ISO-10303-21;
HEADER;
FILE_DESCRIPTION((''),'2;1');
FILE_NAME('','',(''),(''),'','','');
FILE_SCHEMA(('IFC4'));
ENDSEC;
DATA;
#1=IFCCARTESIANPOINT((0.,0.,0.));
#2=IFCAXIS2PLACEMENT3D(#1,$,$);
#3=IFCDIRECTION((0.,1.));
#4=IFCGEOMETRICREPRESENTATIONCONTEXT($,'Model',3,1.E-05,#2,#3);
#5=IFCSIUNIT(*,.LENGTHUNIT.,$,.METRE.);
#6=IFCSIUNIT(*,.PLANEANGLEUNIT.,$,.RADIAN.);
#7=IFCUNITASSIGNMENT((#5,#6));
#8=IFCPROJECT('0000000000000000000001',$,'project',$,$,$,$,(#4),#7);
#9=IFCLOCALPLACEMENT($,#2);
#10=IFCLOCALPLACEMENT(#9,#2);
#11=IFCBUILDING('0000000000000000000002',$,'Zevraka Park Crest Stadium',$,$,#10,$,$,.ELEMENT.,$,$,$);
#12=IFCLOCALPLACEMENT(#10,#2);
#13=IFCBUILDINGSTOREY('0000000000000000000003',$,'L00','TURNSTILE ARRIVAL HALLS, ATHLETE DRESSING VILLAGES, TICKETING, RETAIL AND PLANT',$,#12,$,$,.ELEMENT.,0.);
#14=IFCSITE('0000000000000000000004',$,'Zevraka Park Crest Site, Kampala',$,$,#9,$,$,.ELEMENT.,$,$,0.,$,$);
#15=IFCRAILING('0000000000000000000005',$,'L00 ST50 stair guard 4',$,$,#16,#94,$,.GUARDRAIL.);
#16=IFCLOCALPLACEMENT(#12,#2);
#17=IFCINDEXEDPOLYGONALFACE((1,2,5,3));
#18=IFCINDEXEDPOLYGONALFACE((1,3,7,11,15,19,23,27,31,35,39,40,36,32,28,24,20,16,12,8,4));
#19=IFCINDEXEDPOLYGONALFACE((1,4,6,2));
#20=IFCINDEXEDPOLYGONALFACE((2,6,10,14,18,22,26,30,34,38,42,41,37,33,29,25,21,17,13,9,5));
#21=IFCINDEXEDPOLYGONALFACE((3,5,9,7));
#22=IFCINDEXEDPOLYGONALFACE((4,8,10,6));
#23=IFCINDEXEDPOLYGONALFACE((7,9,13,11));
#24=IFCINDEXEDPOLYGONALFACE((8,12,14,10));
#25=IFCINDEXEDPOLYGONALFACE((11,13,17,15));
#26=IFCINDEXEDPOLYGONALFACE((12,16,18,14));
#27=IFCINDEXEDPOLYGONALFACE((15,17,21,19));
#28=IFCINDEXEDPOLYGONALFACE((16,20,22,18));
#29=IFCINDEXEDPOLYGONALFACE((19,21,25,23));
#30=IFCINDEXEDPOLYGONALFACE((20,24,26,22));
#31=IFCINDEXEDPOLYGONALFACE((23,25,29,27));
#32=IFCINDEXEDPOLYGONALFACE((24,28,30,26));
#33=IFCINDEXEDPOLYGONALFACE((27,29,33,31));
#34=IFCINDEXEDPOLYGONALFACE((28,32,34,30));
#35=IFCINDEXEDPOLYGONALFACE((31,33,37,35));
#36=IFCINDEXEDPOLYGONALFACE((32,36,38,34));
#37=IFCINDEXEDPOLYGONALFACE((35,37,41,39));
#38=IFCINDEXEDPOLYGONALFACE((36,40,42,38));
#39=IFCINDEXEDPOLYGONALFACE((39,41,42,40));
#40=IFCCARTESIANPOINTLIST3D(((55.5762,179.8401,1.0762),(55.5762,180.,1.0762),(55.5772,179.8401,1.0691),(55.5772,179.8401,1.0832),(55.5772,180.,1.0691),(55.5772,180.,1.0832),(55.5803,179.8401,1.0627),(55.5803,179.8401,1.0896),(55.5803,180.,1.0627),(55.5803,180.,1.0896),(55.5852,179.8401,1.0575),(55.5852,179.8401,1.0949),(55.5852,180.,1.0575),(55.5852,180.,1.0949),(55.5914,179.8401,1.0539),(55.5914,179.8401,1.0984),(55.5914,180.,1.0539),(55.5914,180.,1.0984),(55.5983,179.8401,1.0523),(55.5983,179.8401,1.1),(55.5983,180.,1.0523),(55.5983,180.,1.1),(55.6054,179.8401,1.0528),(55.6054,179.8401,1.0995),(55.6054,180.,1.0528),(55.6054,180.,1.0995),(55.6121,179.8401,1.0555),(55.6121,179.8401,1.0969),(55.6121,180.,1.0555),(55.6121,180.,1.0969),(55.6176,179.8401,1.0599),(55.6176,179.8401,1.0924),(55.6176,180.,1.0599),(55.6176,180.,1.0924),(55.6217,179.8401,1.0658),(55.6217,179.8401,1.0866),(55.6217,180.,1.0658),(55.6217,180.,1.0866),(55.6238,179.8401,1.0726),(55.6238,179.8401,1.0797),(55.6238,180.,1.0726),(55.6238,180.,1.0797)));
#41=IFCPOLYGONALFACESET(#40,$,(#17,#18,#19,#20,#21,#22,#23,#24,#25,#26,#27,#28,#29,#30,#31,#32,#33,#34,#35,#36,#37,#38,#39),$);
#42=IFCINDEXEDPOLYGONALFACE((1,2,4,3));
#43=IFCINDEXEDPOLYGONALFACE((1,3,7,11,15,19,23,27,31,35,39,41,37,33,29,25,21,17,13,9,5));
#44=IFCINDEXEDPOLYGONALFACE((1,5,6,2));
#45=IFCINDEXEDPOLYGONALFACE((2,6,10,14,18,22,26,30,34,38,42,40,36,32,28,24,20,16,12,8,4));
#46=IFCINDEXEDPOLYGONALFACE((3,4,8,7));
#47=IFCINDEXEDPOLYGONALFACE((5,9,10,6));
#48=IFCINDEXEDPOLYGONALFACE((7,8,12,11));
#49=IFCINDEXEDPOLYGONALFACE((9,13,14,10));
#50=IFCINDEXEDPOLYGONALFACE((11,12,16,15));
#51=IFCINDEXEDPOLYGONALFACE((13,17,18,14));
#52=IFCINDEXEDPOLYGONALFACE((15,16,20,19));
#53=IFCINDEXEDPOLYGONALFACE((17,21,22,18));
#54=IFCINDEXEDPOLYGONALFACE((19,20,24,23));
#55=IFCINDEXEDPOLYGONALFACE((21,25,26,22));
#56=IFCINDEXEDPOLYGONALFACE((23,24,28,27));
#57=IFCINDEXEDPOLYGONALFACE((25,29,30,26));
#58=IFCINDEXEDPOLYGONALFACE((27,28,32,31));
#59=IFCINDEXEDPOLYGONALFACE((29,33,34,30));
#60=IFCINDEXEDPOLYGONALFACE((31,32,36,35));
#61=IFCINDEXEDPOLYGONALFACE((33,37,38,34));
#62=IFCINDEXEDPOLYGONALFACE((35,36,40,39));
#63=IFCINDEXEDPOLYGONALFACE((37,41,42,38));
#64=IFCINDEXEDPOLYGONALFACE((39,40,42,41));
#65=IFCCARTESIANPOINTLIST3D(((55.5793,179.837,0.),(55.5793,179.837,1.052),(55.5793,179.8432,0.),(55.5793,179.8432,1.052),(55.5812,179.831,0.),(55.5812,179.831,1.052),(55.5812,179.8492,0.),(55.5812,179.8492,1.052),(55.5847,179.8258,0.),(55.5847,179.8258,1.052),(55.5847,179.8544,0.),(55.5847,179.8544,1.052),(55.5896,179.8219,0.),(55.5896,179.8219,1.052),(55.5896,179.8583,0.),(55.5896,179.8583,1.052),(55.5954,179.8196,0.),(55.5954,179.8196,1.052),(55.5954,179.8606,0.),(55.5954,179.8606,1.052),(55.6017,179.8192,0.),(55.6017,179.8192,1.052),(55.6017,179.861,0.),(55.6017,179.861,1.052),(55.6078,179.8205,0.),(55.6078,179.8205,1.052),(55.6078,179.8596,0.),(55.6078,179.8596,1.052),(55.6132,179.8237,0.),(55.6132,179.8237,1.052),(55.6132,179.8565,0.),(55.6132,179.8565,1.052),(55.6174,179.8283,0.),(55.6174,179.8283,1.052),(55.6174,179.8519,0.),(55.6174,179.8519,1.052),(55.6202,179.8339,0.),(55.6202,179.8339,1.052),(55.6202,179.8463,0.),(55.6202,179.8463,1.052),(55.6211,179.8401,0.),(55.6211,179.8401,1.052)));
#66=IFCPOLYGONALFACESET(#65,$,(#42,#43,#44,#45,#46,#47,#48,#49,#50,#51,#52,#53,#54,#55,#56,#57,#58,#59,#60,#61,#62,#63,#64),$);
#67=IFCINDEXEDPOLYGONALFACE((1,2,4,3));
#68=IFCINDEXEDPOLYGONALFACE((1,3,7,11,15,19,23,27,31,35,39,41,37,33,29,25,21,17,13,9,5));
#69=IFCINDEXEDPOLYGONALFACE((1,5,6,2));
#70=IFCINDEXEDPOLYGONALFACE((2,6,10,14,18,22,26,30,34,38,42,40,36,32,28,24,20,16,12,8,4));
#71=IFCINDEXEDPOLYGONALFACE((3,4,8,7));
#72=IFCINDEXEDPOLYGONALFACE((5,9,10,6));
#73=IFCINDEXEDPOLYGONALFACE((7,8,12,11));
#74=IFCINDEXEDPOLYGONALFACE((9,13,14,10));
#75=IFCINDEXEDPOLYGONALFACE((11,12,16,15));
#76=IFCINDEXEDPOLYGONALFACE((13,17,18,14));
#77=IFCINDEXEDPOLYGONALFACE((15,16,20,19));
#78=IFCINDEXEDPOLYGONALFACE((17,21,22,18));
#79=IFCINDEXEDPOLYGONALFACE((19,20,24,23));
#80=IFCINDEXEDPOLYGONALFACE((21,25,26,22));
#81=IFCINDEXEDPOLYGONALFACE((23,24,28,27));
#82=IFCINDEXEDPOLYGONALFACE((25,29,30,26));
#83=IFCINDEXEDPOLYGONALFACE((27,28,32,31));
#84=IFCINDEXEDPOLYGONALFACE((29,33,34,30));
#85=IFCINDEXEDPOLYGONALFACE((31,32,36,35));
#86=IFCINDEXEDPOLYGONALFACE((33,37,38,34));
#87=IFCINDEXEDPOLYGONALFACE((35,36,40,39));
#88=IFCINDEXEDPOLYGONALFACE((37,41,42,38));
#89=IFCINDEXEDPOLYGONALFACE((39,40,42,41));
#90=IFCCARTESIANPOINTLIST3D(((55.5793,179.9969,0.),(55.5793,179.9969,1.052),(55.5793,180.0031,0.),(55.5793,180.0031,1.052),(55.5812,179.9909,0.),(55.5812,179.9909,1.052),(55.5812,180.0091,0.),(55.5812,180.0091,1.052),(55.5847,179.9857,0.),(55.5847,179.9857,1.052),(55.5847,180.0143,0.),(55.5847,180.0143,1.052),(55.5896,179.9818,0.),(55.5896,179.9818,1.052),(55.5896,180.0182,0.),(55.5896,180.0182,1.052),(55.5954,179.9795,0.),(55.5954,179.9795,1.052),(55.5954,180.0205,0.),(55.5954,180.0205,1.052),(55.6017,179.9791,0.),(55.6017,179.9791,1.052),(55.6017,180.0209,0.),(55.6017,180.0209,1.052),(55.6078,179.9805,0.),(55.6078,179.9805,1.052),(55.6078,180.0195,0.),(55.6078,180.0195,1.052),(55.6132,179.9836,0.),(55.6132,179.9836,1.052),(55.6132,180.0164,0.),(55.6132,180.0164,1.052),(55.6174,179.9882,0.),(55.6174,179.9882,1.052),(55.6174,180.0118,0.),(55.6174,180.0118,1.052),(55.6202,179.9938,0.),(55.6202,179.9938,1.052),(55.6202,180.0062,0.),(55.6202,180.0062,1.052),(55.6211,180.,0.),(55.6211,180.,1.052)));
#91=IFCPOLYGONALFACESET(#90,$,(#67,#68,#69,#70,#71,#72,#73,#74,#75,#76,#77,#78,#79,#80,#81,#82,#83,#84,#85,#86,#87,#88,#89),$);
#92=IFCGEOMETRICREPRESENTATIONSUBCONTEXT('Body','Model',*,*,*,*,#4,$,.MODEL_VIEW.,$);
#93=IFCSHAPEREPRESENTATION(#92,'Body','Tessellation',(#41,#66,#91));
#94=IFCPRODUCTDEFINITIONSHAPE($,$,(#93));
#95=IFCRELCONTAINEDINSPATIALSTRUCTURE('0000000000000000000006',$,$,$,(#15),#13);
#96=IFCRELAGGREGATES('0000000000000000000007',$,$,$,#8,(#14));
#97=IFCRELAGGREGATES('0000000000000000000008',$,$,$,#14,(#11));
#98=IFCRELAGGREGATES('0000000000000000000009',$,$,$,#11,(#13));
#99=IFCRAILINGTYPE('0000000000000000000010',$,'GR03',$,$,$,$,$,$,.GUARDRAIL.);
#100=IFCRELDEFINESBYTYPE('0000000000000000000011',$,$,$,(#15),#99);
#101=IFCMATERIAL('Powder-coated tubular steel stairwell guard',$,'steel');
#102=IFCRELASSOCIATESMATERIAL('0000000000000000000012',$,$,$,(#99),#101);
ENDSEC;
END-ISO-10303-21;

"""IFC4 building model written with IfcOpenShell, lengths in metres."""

from ifc_helpers import new_model, si_unit, direction, frame, origin, origin_2d, place, context, subcontext, project, spatial, circle, extrude, material, type_object, element, save


model = new_model("IFC4")

# Units and contexts
model_context = context("Model", 3, precision=1e-05, world=origin(), true_north=direction((0.0, 1.0)))
body_context = subcontext(model_context, "Body", "Model", "MODEL_VIEW")
ifc_project = project(units=[si_unit("LENGTHUNIT", "METRE"), si_unit("PLANEANGLEUNIT", "RADIAN")], contexts=[model_context])

# Site, building, storey
site_placement = place(None, origin())
site = spatial("IfcSite", under=ifc_project, at=site_placement, Name="Zevraka Park Crest Site, Kampala", CompositionType="ELEMENT", RefElevation=0.0)
building_placement = place(site_placement, origin())
building = spatial("IfcBuilding", under=site, at=building_placement, Name="Zevraka Park Crest Stadium", CompositionType="ELEMENT")
storey_placement = place(building_placement, origin())
storey = spatial("IfcBuildingStorey", under=building, at=storey_placement, Name="L00", Description="TURNSTILE ARRIVAL HALLS, ATHLETE DRESSING VILLAGES, TICKETING, RETAIL AND PLANT", CompositionType="ELEMENT", Elevation=0.0)

# Railing
ifc_material_1 = material(Name="Powder-coated tubular steel stairwell guard", Category="steel")
railing_type_1 = type_object("IfcRailingType", Name="GR03", PredefinedType="GUARDRAIL", material=ifc_material_1)
railing_1_placement = place(storey_placement, frame((55.6001, 179.8401, 0.0)))
element("IfcRailing", 1, at=railing_1_placement, inside=storey, type_object=railing_type_1, Name="L00 ST50 stair guard 4", PredefinedType="GUARDRAIL", context=body_context, shape_type="SweptSolid", body=[
    extrude(circle(Radius=0.0239, at=origin_2d()), frame((0.0, 0.0, 1.0762), z_axis=(0.0, 1.0, 0.0), x_axis=(-1.0, 0.0, 0.0)), (0.0, 0.0, 1.0), 0.1599),
    extrude(circle(Radius=0.021, at=origin_2d()), origin(), (0.0, 0.0, 1.0), 1.052),
    extrude(circle(Radius=0.021, at=origin_2d()), frame((0.0, 0.1599, 0.0)), (0.0, 0.0, 1.0), 1.052),
])

save(model, "model.ifc")
